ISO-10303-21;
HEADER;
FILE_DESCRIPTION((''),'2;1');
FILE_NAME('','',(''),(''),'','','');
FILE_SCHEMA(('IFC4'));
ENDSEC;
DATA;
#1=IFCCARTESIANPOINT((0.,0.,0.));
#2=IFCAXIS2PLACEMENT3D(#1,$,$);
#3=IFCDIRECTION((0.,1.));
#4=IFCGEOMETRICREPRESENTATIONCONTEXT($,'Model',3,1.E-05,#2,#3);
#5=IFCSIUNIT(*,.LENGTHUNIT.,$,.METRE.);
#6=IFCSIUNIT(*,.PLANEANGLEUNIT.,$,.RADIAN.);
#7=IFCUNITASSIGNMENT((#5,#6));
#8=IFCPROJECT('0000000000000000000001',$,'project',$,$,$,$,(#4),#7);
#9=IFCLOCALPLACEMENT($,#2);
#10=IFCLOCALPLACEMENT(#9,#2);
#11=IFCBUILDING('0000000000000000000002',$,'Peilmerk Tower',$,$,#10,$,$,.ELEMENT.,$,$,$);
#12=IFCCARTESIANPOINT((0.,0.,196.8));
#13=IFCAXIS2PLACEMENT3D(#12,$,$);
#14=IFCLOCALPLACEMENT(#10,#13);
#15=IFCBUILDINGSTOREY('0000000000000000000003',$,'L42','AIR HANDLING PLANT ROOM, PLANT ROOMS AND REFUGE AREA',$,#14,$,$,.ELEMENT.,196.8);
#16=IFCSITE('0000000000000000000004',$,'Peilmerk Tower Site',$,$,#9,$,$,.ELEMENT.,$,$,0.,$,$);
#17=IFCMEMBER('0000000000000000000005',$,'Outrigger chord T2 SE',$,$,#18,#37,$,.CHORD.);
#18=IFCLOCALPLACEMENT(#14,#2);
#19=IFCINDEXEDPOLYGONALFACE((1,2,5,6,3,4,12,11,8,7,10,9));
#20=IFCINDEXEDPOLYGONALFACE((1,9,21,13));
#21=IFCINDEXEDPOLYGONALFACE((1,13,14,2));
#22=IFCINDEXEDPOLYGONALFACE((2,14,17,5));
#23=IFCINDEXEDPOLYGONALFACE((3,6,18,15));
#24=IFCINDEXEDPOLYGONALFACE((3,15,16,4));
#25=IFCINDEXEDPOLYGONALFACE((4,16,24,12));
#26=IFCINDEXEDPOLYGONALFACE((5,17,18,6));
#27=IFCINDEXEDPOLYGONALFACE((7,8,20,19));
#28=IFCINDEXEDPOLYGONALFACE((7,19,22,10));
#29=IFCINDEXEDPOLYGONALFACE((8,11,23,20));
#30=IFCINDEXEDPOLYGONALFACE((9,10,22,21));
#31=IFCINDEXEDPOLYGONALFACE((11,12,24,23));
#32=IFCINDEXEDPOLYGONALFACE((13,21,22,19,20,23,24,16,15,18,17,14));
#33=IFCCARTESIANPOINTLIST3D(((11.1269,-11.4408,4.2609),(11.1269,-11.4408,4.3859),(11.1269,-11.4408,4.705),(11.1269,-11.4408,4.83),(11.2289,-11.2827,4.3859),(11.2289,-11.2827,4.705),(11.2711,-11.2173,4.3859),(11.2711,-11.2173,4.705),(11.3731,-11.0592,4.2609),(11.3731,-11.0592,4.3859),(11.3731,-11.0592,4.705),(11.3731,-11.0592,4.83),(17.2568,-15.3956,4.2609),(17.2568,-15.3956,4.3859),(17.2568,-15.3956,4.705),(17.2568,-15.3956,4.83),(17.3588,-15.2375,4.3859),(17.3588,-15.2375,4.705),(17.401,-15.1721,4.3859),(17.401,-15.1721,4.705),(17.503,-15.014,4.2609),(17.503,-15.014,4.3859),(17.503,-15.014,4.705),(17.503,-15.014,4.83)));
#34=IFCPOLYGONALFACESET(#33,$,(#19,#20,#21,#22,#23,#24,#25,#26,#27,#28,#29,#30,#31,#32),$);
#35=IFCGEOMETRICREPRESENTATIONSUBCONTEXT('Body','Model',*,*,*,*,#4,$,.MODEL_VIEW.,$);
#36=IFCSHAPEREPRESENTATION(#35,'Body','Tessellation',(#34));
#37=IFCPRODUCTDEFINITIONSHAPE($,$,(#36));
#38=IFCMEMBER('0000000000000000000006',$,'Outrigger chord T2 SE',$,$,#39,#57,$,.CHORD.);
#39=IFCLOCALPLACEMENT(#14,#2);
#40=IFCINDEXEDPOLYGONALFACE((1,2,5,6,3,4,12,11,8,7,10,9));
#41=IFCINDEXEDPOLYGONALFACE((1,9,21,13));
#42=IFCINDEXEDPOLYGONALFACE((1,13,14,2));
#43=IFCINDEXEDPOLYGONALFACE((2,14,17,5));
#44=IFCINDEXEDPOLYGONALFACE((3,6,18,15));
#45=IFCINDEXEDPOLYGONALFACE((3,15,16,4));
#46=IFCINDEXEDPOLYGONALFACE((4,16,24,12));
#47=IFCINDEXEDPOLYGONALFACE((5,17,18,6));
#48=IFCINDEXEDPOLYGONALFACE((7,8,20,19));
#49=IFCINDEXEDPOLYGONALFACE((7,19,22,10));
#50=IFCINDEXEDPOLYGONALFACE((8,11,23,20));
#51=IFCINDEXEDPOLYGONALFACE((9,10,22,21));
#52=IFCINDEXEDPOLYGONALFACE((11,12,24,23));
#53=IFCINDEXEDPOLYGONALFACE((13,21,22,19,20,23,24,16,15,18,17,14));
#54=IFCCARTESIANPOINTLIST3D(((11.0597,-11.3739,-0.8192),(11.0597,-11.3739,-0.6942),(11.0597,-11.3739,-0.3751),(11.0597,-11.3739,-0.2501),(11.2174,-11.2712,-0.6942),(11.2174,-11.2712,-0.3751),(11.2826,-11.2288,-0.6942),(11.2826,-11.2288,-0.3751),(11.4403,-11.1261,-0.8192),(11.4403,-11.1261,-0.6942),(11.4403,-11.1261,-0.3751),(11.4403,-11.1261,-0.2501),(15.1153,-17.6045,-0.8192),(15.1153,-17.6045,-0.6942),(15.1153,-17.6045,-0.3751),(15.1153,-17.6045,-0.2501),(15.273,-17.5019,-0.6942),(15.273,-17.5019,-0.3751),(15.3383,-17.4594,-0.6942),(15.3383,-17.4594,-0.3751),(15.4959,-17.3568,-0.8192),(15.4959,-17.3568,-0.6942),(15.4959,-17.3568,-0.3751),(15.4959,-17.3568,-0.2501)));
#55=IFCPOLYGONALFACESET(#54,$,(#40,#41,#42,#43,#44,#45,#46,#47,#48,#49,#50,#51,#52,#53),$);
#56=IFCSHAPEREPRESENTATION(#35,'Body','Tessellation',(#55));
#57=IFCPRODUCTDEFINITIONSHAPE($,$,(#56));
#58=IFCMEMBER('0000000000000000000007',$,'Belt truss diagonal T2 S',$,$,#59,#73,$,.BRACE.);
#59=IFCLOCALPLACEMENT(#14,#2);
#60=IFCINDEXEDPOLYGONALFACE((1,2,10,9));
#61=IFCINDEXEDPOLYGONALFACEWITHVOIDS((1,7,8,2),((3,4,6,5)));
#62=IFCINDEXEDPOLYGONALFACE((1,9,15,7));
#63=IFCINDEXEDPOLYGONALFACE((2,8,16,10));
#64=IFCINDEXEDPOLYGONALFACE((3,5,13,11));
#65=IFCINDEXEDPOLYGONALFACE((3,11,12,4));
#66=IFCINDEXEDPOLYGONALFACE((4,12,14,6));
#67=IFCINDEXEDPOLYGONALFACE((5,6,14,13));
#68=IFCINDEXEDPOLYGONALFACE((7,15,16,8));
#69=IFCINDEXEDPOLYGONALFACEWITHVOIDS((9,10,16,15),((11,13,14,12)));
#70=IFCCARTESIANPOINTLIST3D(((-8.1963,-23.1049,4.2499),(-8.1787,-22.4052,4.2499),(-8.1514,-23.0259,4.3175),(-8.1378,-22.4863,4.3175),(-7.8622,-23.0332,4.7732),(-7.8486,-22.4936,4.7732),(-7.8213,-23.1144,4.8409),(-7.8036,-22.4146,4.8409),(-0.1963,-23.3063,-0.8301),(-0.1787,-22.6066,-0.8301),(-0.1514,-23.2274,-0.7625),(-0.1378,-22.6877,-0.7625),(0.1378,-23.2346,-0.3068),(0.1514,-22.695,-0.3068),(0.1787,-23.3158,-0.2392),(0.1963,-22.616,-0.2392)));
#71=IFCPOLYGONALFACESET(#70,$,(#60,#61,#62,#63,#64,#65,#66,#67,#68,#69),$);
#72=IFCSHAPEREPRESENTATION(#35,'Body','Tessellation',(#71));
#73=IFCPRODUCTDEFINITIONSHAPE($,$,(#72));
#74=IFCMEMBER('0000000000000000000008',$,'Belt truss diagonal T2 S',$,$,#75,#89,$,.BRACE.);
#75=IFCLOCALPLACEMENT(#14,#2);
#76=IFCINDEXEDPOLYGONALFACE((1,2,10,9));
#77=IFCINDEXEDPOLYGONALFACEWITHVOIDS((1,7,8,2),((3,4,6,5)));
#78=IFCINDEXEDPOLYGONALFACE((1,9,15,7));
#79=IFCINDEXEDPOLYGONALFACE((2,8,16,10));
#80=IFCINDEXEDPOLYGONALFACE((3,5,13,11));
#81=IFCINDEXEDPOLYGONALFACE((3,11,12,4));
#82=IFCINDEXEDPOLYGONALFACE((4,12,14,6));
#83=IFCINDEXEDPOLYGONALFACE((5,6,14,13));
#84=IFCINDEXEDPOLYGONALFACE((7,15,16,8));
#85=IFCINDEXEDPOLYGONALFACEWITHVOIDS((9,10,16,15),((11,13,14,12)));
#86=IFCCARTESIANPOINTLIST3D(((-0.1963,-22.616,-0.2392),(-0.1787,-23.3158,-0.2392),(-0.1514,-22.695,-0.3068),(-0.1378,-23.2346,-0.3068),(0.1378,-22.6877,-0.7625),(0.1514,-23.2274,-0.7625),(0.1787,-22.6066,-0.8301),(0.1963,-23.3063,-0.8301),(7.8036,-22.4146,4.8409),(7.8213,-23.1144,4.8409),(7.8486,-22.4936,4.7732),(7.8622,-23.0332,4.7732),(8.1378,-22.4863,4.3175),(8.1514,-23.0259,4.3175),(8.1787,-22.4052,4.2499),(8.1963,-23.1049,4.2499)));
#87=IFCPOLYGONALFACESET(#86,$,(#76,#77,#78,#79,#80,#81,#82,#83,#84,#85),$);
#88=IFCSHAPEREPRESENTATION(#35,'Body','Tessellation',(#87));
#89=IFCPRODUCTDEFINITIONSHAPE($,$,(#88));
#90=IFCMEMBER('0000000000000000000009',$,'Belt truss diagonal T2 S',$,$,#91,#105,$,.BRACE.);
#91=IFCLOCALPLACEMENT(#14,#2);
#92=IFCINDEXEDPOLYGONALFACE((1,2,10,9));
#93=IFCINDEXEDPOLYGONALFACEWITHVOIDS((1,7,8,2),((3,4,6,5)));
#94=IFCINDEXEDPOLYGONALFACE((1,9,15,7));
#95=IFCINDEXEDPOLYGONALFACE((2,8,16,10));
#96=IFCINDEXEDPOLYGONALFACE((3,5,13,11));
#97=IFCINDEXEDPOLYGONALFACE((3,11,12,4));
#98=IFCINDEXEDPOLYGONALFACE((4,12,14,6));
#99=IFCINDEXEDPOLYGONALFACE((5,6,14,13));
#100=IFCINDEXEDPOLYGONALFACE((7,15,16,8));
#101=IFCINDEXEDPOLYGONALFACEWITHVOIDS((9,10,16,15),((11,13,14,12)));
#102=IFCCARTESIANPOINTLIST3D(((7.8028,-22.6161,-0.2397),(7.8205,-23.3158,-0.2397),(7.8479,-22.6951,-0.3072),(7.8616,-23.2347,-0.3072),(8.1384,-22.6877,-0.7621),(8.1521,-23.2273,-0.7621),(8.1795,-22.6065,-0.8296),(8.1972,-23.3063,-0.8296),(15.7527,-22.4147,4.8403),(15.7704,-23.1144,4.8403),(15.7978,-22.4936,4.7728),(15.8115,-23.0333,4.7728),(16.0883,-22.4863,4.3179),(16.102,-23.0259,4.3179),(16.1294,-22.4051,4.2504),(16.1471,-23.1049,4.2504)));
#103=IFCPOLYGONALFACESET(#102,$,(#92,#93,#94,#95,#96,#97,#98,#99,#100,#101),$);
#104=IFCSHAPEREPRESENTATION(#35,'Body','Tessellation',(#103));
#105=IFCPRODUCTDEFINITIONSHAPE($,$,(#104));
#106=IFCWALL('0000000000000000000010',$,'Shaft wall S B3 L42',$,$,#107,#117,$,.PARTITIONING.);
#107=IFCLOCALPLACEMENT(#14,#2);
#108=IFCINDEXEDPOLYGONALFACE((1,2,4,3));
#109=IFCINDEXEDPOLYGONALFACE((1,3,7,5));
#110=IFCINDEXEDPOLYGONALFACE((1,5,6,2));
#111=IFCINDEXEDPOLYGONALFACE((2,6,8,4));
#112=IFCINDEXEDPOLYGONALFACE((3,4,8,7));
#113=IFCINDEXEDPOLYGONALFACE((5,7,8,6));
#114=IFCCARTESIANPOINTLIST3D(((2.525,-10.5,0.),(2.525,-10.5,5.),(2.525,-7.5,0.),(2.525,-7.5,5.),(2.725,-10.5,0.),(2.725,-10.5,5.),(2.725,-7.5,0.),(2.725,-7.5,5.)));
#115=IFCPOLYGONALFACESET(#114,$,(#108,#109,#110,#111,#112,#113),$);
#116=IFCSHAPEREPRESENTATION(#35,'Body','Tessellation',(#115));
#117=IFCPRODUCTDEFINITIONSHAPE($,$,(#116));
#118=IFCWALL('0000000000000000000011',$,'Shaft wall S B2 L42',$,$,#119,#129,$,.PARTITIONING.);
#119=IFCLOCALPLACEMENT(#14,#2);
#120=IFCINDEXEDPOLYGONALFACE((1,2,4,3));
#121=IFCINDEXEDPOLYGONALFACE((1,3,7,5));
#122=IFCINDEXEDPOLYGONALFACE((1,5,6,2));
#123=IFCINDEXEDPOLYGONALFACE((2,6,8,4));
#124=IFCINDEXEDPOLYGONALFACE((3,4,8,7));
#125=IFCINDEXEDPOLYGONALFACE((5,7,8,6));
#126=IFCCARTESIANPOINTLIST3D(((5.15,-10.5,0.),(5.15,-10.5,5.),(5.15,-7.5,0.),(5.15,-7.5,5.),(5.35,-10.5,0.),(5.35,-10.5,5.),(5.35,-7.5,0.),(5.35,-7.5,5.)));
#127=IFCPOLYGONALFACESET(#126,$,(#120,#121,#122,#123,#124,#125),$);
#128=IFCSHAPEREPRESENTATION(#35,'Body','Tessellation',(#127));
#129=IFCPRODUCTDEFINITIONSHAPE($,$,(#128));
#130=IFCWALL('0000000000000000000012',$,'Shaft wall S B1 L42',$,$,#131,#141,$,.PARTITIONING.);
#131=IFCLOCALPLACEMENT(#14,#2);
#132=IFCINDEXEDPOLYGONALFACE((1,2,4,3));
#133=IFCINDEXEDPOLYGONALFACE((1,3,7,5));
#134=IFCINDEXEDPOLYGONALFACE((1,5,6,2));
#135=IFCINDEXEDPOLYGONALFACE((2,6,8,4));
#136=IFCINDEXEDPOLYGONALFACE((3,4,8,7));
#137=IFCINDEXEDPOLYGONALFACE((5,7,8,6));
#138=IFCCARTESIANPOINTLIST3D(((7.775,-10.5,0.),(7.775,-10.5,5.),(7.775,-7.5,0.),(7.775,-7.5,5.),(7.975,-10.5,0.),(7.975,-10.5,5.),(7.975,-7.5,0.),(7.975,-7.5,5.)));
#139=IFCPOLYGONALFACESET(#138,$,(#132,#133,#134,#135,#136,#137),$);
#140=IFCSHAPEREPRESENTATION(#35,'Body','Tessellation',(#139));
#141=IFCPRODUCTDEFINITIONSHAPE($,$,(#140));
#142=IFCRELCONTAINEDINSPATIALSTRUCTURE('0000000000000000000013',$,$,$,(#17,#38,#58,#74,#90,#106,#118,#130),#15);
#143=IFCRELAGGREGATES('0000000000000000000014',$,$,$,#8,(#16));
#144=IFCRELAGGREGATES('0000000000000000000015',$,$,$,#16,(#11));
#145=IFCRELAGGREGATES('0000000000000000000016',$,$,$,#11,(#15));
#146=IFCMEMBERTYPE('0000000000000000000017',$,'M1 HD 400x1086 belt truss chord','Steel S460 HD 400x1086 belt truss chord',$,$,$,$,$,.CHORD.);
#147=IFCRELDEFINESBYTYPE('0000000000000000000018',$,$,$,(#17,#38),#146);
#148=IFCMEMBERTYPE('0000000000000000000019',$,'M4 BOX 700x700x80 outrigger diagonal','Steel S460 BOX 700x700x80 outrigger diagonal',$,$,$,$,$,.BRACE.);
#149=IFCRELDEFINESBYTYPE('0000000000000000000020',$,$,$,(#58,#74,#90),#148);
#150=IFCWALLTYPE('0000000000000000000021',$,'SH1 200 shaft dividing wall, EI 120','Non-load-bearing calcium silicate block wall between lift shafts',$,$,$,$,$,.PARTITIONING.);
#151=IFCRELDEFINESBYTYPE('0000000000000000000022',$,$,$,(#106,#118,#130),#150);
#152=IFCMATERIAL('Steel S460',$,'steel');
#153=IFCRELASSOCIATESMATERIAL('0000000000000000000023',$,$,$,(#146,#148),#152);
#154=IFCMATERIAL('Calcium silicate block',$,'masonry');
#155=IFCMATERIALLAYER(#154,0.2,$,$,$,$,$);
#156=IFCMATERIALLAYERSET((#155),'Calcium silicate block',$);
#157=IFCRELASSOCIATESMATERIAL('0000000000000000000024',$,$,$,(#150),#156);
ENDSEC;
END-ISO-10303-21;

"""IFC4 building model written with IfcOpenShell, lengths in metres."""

from ifc_helpers import new_model, si_unit, direction, frame, frame_2d, origin, origin_2d, place, context, subcontext, project, spatial, rectangle, hollow_rectangle, i_section, extrude, material, layer, layer_set, material_profile, profile_set, type_object, element, save


model = new_model("IFC4")

# Units and contexts
model_context = context("Model", 3, precision=1e-05, world=origin(), true_north=direction((0.0, 1.0)))
body_context = subcontext(model_context, "Body", "Model", "MODEL_VIEW")
ifc_project = project(units=[si_unit("LENGTHUNIT", "METRE"), si_unit("PLANEANGLEUNIT", "RADIAN")], contexts=[model_context])

# Site, building, storey
site_placement = place(None, origin())
site = spatial("IfcSite", under=ifc_project, at=site_placement, Name="Peilmerk Tower Site", CompositionType="ELEMENT", RefElevation=0.0)
building_placement = place(site_placement, origin())
building = spatial("IfcBuilding", under=site, at=building_placement, Name="Peilmerk Tower", CompositionType="ELEMENT")
storey_placement = place(building_placement, frame((0.0, 0.0, 196.8)))
storey = spatial("IfcBuildingStorey", under=building, at=storey_placement, Name="L42", Description="AIR HANDLING PLANT ROOM, PLANT ROOMS AND REFUGE AREA", CompositionType="ELEMENT", Elevation=196.8)

# Shared definitions
ifc_material_1 = material(Name="Steel S460", Category="steel")

# Members
ifc_material_profile_1 = material_profile(ifc_material_1, i_section(OverallWidth=0.4541, OverallDepth=0.5691, WebThickness=0.0779, FlangeThickness=0.125, at=origin_2d()), Name="HD 400x1086")
ifc_profile_set_1 = profile_set([ifc_material_profile_1], Name="Steel S460")
member_type_1 = type_object("IfcMemberType", Name="M1 HD 400x1086 belt truss chord", Description="Steel S460 HD 400x1086 belt truss chord", PredefinedType="CHORD", material=ifc_profile_set_1)
member_1_placement = place(storey_placement, frame((11.25, -11.25, 4.5454), z_axis=(0.840292, -0.542134, 0.0), x_axis=(0.542134, 0.840292, 0.0)))
element("IfcMember", 1, at=member_1_placement, inside=storey, type_object=member_type_1, Name="Outrigger chord T2 SE", PredefinedType="CHORD", context=body_context, shape_type="SweptSolid", body=[
    extrude(i_section(OverallWidth=0.4541, OverallDepth=0.5691, WebThickness=0.0779, FlangeThickness=0.125, at=origin_2d()), origin(), (0.0, 0.0, 1.0), 7.2949),
])
member_2_placement = place(storey_placement, frame((11.25, -11.25, -0.5347), z_axis=(0.545527, -0.838093, 0.0), x_axis=(0.838093, 0.545527, 0.0)))
element("IfcMember", 2, at=member_2_placement, inside=storey, type_object=member_type_1, Name="Outrigger chord T2 SE", PredefinedType="CHORD", context=body_context, shape_type="SweptSolid", body=[
    extrude(i_section(OverallWidth=0.4541, OverallDepth=0.5691, WebThickness=0.0779, FlangeThickness=0.125, at=origin_2d()), origin(), (0.0, 0.0, 1.0), 7.4343),
])
ifc_material_profile_2 = material_profile(ifc_material_1, hollow_rectangle(XDim=0.7, YDim=0.7, WallThickness=0.0801, at=origin_2d()), Name="BOX 700x700x80")
ifc_profile_set_2 = profile_set([ifc_material_profile_2], Name="Steel S460")
member_type_2 = type_object("IfcMemberType", Name="M4 BOX 700x700x80 outrigger diagonal", Description="Steel S460 BOX 700x700x80 outrigger diagonal", PredefinedType="BRACE", material=ifc_profile_set_2)
for number, where, z_axis, x_axis, name in (
    (3, (0.0, -22.9612, -0.5347), (-0.843988, 0.021249, 0.535941), (-0.025169, -0.999683, 0.0), "Belt truss diagonal T2 S"),
    (4, (0.0, -22.9612, -0.5347), (0.843988, 0.021249, 0.535941), (-0.025169, 0.999683, 0.0), "Belt truss diagonal T2 S"),
):
    element("IfcMember", number, at=place(storey_placement, frame(where, z_axis=z_axis, x_axis=x_axis)), inside=storey, type_object=member_type_2, Name=name, PredefinedType="BRACE", context=body_context, shape_type="SweptSolid", body=[
        extrude(hollow_rectangle(XDim=0.7, YDim=0.7, WallThickness=0.0801, at=origin_2d()), origin(), (0.0, 0.0, 1.0), 9.4788),
    ])
member_3_placement = place(storey_placement, frame((8.0, -22.9612, -0.5347), z_axis=(0.842459, 0.021344, 0.538338), x_axis=(-0.025327, 0.999679, 0.0)))
element("IfcMember", 5, at=member_3_placement, inside=storey, type_object=member_type_2, Name="Belt truss diagonal T2 S", PredefinedType="BRACE", context=body_context, shape_type="SweptSolid", body=[
    extrude(hollow_rectangle(XDim=0.7, YDim=0.7, WallThickness=0.0801, at=origin_2d()), origin(), (0.0, 0.0, 1.0), 9.4365),
])

# Walls
ifc_material_2 = material(Name="Calcium silicate block", Category="masonry")
ifc_layer = layer(ifc_material_2, 0.2)
ifc_layer_set = layer_set([ifc_layer], Name="Calcium silicate block")
wall_type = type_object("IfcWallType", Name="SH1 200 shaft dividing wall, EI 120", Description="Non-load-bearing calcium silicate block wall between lift shafts", PredefinedType="PARTITIONING", material=ifc_layer_set)
for number, where, z_axis, x_axis, name in (
    (6, (2.625, -10.5, 0.0), (0.0, 0.0, 1.0), (0.0, 1.0, 0.0), "Shaft wall S B3 L42"),
    (7, (5.25, -10.5, 0.0), (0.0, 0.0, 1.0), (0.0, 1.0, 0.0), "Shaft wall S B2 L42"),
    (8, (7.875, -10.5, 0.0), (0.0, 0.0, 1.0), (0.0, 1.0, 0.0), "Shaft wall S B1 L42"),
):
    element("IfcWall", number, at=place(storey_placement, frame(where, z_axis=z_axis, x_axis=x_axis)), inside=storey, type_object=wall_type, Name=name, PredefinedType="PARTITIONING", context=body_context, shape_type="SweptSolid", body=[
        extrude(rectangle(XDim=3.0, YDim=0.2, at=frame_2d((1.5, 0.0))), origin(), (0.0, 0.0, 1.0), 5.0),
    ])

save(model, "model.ifc")
